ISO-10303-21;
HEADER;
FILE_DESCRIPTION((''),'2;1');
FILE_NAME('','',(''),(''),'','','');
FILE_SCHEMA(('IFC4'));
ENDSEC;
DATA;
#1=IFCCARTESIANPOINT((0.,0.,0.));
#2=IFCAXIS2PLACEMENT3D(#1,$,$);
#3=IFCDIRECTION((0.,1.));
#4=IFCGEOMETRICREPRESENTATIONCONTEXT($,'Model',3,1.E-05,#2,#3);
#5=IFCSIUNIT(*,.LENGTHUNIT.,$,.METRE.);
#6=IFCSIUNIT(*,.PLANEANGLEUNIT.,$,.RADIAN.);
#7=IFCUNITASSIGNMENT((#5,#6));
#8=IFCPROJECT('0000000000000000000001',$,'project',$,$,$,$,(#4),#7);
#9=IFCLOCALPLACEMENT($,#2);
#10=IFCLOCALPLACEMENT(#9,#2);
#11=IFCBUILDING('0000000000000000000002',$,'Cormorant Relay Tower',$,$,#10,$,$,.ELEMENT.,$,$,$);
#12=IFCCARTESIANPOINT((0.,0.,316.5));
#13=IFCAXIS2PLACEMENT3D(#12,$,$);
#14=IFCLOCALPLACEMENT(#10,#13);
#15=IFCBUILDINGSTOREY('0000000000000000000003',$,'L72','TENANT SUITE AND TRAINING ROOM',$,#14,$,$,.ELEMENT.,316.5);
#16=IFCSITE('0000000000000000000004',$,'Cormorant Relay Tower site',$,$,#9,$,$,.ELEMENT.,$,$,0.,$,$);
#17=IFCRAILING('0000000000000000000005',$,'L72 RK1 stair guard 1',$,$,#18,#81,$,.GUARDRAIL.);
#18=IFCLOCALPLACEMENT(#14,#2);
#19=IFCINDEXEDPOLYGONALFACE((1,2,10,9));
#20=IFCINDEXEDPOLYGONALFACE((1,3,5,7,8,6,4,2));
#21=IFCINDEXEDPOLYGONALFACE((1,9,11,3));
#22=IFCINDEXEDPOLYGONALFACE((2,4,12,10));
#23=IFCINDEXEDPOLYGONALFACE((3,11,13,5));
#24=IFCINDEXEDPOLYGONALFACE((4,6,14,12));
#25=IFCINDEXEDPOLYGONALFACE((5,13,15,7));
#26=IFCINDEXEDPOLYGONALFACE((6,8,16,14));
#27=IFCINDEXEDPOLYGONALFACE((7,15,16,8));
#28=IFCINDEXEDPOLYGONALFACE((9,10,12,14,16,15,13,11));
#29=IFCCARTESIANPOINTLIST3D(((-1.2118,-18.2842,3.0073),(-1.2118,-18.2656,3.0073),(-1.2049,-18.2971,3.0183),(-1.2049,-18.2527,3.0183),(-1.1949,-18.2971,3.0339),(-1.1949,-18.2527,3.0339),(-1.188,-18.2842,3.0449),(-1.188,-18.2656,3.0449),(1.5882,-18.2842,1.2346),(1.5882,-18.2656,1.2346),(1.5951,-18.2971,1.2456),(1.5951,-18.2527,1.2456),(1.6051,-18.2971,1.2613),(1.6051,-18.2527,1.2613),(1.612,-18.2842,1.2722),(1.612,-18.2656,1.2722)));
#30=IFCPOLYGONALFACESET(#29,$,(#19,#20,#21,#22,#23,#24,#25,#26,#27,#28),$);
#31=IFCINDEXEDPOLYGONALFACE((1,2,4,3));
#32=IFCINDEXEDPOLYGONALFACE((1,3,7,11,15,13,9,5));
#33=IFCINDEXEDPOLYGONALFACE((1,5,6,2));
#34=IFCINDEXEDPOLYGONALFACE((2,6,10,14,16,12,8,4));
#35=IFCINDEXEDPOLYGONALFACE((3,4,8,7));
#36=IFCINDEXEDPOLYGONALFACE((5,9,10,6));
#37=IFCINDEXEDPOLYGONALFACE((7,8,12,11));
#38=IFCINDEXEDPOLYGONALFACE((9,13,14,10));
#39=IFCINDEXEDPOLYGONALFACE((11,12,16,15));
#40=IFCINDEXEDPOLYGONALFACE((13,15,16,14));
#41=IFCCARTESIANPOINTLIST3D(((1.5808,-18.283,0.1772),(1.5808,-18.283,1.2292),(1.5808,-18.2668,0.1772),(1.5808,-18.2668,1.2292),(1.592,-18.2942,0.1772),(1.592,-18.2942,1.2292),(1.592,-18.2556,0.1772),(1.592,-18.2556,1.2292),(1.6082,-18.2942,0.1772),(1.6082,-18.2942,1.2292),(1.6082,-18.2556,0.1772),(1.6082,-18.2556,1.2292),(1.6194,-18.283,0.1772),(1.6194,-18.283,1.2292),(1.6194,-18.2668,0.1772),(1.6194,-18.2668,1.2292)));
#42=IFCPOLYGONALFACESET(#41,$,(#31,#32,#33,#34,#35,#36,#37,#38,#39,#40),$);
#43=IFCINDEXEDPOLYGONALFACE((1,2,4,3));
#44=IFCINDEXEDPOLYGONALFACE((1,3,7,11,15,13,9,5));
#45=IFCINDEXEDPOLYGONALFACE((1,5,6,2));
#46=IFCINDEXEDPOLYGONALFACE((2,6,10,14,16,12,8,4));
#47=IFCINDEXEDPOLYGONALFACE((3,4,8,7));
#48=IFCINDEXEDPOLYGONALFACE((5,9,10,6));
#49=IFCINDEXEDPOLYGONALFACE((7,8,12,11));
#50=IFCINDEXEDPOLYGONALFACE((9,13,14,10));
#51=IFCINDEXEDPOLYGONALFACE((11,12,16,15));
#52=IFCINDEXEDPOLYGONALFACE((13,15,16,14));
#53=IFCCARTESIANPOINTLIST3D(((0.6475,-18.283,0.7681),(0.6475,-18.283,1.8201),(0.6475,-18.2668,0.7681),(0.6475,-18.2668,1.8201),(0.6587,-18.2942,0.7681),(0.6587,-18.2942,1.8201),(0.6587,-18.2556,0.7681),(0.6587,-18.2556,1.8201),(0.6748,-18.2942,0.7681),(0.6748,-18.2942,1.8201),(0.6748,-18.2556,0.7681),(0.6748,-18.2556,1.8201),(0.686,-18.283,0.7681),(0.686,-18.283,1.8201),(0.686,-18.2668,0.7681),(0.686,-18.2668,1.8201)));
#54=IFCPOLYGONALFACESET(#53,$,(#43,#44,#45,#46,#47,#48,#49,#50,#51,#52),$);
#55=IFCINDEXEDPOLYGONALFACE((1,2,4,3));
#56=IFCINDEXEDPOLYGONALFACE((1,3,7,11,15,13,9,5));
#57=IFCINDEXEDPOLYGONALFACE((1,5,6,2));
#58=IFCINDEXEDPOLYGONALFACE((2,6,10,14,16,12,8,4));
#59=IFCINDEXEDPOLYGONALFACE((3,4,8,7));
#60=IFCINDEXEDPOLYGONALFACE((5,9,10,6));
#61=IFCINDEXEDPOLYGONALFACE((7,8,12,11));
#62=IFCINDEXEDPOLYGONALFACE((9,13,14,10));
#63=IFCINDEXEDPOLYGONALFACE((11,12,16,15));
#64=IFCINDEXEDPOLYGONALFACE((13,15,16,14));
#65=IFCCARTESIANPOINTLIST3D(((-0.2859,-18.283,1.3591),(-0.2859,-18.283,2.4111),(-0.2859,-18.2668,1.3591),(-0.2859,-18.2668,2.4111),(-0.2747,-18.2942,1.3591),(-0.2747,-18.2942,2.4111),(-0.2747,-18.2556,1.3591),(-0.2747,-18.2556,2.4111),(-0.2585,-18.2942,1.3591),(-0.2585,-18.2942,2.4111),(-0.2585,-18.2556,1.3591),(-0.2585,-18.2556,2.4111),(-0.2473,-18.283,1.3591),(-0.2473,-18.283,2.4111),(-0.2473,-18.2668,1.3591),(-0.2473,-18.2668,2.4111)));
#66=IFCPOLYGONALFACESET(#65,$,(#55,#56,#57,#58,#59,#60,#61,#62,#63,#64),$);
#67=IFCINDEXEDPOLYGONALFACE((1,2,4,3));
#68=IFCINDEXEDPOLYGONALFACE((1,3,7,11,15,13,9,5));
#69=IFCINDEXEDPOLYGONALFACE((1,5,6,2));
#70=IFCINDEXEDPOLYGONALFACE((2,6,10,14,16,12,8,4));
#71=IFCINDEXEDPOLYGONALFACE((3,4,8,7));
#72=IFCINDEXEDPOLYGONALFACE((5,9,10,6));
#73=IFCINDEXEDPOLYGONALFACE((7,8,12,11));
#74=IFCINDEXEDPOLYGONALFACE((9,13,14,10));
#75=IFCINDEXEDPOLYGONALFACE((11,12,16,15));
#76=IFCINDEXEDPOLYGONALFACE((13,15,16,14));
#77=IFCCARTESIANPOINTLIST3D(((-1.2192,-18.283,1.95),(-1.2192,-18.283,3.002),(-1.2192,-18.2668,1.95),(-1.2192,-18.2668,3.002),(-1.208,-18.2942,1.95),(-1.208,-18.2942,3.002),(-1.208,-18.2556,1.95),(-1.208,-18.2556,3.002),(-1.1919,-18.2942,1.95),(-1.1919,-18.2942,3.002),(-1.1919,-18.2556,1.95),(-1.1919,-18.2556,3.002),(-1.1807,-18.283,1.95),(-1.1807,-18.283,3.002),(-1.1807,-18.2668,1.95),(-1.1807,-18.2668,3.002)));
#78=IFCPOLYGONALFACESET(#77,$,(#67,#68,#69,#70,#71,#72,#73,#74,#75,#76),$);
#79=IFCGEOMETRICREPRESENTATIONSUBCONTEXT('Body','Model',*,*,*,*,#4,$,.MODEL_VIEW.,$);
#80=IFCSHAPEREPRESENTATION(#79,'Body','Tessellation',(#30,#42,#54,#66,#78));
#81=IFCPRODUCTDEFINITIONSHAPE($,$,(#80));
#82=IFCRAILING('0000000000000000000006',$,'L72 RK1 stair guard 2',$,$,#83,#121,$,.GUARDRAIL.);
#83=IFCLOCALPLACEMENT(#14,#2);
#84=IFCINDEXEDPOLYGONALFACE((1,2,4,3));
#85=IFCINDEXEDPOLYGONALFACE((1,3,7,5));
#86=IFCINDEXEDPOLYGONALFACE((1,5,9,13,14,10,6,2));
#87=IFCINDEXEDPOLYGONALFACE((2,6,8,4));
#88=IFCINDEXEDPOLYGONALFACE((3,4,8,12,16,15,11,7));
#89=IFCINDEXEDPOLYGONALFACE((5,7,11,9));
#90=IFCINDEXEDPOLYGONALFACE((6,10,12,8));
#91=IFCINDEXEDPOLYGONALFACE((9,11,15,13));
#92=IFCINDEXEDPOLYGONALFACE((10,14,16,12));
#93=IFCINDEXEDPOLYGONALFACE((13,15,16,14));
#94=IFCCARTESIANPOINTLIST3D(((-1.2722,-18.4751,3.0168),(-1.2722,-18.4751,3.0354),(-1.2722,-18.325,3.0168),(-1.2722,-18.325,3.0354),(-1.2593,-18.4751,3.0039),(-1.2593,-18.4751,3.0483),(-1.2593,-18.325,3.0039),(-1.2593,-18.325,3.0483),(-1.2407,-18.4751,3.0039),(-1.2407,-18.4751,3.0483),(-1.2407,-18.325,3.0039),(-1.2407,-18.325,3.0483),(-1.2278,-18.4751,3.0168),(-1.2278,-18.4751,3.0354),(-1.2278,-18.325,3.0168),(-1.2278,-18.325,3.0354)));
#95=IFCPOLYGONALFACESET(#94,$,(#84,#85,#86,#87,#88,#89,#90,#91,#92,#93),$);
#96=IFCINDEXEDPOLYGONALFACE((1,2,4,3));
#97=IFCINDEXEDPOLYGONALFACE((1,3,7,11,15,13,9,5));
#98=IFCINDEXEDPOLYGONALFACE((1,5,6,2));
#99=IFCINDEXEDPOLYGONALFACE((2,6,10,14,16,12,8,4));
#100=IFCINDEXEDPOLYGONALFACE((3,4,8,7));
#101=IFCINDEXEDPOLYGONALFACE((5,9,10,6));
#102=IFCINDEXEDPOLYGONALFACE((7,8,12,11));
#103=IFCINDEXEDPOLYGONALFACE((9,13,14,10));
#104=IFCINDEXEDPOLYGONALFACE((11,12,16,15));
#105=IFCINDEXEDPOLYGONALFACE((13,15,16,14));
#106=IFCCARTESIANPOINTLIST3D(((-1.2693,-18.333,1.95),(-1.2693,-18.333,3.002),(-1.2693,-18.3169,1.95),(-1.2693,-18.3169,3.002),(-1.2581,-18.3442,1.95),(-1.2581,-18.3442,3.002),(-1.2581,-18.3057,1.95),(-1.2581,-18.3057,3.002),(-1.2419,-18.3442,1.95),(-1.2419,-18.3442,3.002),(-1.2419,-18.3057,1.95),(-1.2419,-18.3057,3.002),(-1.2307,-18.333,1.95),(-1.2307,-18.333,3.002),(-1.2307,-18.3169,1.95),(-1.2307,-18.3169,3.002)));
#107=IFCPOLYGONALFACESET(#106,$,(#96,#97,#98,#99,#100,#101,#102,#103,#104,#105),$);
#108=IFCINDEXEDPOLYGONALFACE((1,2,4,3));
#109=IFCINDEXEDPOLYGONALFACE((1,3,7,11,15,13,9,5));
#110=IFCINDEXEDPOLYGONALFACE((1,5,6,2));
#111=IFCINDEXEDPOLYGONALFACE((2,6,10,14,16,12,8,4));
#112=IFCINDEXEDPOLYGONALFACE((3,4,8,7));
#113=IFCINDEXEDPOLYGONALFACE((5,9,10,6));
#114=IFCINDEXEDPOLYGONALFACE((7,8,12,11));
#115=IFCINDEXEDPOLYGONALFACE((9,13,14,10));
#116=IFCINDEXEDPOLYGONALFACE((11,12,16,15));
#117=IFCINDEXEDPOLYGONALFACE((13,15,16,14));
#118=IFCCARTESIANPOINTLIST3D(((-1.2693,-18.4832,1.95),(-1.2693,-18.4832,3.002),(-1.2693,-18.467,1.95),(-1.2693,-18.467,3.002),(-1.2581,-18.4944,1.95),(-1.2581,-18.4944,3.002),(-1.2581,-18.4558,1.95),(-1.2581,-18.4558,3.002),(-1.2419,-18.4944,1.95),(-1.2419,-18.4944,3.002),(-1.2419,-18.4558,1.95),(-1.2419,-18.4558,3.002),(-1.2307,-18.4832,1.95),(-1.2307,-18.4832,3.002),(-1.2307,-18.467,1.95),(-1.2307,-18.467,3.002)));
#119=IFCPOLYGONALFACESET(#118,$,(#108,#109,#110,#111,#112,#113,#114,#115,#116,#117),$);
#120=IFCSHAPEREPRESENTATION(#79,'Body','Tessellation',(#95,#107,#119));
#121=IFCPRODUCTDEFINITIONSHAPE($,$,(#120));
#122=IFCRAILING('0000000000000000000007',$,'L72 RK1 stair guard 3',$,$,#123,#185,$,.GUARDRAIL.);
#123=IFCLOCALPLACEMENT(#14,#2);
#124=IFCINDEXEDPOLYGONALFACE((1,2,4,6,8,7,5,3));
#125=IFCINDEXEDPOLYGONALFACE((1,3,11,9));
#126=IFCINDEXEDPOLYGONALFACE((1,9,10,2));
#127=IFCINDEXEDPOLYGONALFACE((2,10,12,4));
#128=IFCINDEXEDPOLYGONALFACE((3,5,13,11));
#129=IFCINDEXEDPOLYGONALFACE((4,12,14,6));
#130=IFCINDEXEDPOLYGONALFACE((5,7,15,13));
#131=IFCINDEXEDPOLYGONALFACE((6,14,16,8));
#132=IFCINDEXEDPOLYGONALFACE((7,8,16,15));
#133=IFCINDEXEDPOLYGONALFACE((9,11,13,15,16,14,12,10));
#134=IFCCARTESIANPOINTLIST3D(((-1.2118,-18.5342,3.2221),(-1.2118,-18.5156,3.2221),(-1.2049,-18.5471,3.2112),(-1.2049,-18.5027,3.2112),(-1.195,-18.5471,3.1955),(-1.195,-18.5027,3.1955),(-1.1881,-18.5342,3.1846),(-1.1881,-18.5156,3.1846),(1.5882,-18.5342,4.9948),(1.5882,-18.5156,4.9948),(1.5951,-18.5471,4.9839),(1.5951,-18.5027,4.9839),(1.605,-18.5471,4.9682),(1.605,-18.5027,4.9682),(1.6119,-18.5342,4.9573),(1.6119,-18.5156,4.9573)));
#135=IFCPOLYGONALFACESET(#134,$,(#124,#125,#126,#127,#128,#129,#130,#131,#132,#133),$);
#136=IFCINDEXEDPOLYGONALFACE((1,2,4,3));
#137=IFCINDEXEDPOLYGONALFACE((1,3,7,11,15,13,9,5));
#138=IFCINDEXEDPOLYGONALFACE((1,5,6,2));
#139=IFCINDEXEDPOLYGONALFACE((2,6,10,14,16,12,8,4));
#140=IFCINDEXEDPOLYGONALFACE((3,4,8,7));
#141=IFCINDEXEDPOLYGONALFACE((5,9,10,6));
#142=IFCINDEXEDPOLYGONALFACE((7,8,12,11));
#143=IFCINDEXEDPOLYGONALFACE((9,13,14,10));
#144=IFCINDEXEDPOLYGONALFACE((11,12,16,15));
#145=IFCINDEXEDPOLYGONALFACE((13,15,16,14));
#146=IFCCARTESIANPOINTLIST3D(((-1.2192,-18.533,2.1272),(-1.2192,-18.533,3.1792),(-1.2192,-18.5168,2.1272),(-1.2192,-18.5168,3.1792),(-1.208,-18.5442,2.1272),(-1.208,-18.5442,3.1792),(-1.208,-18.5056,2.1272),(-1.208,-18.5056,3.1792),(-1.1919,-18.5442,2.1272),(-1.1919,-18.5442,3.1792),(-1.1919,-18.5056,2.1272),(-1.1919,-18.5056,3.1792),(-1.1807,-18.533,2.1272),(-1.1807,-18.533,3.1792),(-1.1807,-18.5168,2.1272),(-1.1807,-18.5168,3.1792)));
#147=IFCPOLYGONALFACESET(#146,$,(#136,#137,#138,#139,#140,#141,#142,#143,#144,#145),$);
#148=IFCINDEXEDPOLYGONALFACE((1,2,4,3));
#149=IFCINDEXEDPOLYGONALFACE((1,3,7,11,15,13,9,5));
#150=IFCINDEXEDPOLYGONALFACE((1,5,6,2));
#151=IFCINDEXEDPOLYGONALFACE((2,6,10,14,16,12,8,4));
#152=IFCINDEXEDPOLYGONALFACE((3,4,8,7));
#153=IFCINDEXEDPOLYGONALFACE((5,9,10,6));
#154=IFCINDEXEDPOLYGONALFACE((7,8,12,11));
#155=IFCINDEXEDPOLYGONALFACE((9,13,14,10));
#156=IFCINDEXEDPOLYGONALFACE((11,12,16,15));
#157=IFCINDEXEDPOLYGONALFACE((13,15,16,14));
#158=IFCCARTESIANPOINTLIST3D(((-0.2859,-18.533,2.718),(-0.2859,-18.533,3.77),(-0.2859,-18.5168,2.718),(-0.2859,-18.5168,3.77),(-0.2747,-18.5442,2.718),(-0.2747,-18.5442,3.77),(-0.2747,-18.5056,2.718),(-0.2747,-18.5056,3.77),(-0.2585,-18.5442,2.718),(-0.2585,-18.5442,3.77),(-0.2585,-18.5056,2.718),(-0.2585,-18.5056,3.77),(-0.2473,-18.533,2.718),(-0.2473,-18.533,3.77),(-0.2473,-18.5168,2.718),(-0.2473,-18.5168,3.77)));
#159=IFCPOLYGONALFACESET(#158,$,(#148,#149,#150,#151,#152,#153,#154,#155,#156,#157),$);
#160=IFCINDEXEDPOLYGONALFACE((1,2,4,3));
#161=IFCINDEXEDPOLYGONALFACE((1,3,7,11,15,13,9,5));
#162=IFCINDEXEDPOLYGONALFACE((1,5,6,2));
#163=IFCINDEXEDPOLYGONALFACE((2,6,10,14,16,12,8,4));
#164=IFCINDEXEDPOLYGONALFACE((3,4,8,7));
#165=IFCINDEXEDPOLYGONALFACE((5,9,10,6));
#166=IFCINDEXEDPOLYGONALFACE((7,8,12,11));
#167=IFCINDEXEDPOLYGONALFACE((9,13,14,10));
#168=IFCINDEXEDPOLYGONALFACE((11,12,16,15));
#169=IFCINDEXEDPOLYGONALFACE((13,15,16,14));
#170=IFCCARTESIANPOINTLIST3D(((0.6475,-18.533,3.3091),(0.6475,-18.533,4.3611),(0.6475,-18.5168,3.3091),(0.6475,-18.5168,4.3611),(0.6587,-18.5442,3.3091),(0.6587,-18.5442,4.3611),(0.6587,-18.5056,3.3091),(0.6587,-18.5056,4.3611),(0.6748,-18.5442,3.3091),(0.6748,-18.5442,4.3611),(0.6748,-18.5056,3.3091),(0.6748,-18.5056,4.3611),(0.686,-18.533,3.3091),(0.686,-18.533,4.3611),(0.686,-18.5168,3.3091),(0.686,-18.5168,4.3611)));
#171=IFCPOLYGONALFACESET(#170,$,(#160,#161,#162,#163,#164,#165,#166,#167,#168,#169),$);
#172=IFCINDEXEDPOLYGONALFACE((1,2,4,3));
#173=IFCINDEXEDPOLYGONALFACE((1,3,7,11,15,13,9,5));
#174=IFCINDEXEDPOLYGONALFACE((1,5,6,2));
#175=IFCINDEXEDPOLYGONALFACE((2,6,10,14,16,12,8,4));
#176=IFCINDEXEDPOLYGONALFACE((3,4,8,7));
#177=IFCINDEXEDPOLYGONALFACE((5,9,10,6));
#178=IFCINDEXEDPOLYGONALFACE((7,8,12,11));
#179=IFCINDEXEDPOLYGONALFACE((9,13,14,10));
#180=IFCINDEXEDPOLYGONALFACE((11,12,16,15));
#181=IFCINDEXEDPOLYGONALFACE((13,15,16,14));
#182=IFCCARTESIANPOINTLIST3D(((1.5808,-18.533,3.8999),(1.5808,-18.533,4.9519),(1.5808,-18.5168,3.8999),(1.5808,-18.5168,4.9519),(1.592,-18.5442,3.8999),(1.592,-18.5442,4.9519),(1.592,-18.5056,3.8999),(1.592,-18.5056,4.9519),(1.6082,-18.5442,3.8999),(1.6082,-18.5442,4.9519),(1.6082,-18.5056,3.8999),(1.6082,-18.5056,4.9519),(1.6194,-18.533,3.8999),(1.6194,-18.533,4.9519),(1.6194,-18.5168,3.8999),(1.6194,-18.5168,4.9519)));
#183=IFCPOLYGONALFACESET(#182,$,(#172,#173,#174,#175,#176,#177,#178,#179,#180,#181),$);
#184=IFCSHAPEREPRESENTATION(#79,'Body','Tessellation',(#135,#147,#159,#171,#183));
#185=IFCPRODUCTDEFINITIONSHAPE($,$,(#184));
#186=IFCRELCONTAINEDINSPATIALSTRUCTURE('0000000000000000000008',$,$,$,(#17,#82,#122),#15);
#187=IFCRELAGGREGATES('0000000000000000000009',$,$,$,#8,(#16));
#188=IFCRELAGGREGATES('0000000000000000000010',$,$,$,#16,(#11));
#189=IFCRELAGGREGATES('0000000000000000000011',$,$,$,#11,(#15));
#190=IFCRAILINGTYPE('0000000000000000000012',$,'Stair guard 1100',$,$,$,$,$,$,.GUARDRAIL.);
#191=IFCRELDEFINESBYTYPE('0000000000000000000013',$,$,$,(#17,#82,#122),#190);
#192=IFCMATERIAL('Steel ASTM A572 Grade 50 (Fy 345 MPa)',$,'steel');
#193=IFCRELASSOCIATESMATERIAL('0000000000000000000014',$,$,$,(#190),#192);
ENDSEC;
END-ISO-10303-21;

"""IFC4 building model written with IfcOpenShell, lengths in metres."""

from ifc_helpers import new_model, si_unit, direction, frame, origin, place, context, subcontext, project, spatial, polyline, outline, extrude, material, type_object, element, save


model = new_model("IFC4")

# Units and contexts
model_context = context("Model", 3, precision=1e-05, world=origin(), true_north=direction((0.0, 1.0)))
body_context = subcontext(model_context, "Body", "Model", "MODEL_VIEW")
ifc_project = project(units=[si_unit("LENGTHUNIT", "METRE"), si_unit("PLANEANGLEUNIT", "RADIAN")], contexts=[model_context])

# Site, building, storey
site_placement = place(None, origin())
site = spatial("IfcSite", under=ifc_project, at=site_placement, Name="Cormorant Relay Tower site", CompositionType="ELEMENT", RefElevation=0.0)
building_placement = place(site_placement, origin())
building = spatial("IfcBuilding", under=site, at=building_placement, Name="Cormorant Relay Tower", CompositionType="ELEMENT")
storey_placement = place(building_placement, frame((0.0, 0.0, 316.5)))
storey = spatial("IfcBuildingStorey", under=building, at=storey_placement, Name="L72", Description="TENANT SUITE AND TRAINING ROOM", CompositionType="ELEMENT", Elevation=316.5)

# Railings
ifc_material_1 = material(Name="Steel ASTM A572 Grade 50 (Fy 345 MPa)", Category="steel")
railing_type_1 = type_object("IfcRailingType", Name="Stair guard 1100", PredefinedType="GUARDRAIL", material=ifc_material_1)
railing_1_placement = place(storey_placement, frame((1.6001, -18.2749, 0.1772)))
element("IfcRailing", 1, at=railing_1_placement, inside=storey, type_object=railing_type_1, Name="L72 RK1 stair guard 1", PredefinedType="GUARDRAIL", context=body_context, shape_type="SweptSolid", body=[
    extrude(outline(polyline([(0.0222, 0.0093), (0.0093, 0.0222), (-0.0093, 0.0222), (-0.0222, 0.0093), (-0.0222, -0.0093), (-0.0093, -0.0222), (0.0093, -0.0222), (0.0222, -0.0093), (0.0222, 0.0093)])), frame((0.0, 0.0, 1.0762), z_axis=(-0.844909, 0.0, 0.53491), x_axis=(0.0, -1.0, 0.0)), (0.0, 0.0, 1.0), 3.314),
    extrude(outline(polyline([(0.0193, 0.0081), (0.0081, 0.0193), (-0.0081, 0.0193), (-0.0193, 0.0081), (-0.0193, -0.0081), (-0.0081, -0.0193), (0.0081, -0.0193), (0.0193, -0.0081), (0.0193, 0.0081)])), origin(), (0.0, 0.0, 1.0), 1.052),
    extrude(outline(polyline([(0.0193, 0.0081), (0.0081, 0.0193), (-0.0081, 0.0193), (-0.0193, 0.0081), (-0.0193, -0.0081), (-0.0081, -0.0193), (0.0081, -0.0193), (0.0193, -0.0081), (0.0193, 0.0081)])), frame((-0.9333, 0.0, 0.5908)), (0.0, 0.0, 1.0), 1.052),
    extrude(outline(polyline([(0.0193, 0.0081), (0.0081, 0.0193), (-0.0081, 0.0193), (-0.0193, 0.0081), (-0.0193, -0.0081), (-0.0081, -0.0193), (0.0081, -0.0193), (0.0193, -0.0081), (0.0193, 0.0081)])), frame((-1.8667, 0.0, 1.1819)), (0.0, 0.0, 1.0), 1.052),
    extrude(outline(polyline([(0.0193, 0.0081), (0.0081, 0.0193), (-0.0081, 0.0193), (-0.0193, 0.0081), (-0.0193, -0.0081), (-0.0081, -0.0193), (0.0081, -0.0193), (0.0193, -0.0081), (0.0193, 0.0081)])), frame((-2.8, 0.0, 1.7727)), (0.0, 0.0, 1.0), 1.052),
])
railing_2_placement = place(storey_placement, frame((-1.25, -18.325, 1.95)))
element("IfcRailing", 2, at=railing_2_placement, inside=storey, type_object=railing_type_1, Name="L72 RK1 stair guard 2", PredefinedType="GUARDRAIL", context=body_context, shape_type="SweptSolid", body=[
    extrude(outline(polyline([(0.0222, 0.0093), (0.0093, 0.0222), (-0.0093, 0.0222), (-0.0222, 0.0093), (-0.0222, -0.0093), (-0.0093, -0.0222), (0.0093, -0.0222), (0.0222, -0.0093), (0.0222, 0.0093)])), frame((0.0, 0.0, 1.0762), z_axis=(0.0, -1.0, 0.0), x_axis=(1.0, 0.0, 0.0)), (0.0, 0.0, 1.0), 0.1501),
    extrude(outline(polyline([(0.0193, 0.0081), (0.0081, 0.0193), (-0.0081, 0.0193), (-0.0193, 0.0081), (-0.0193, -0.0081), (-0.0081, -0.0193), (0.0081, -0.0193), (0.0193, -0.0081), (0.0193, 0.0081)])), origin(), (0.0, 0.0, 1.0), 1.052),
    extrude(outline(polyline([(0.0193, 0.0081), (0.0081, 0.0193), (-0.0081, 0.0193), (-0.0193, 0.0081), (-0.0193, -0.0081), (-0.0081, -0.0193), (0.0081, -0.0193), (0.0193, -0.0081), (0.0193, 0.0081)])), frame((0.0, -0.1501, 0.0)), (0.0, 0.0, 1.0), 1.052),
])
railing_3_placement = place(storey_placement, frame((-1.2, -18.5249, 2.1272)))
element("IfcRailing", 3, at=railing_3_placement, inside=storey, type_object=railing_type_1, Name="L72 RK1 stair guard 3", PredefinedType="GUARDRAIL", context=body_context, shape_type="SweptSolid", body=[
    extrude(outline(polyline([(0.0222, 0.0093), (0.0093, 0.0222), (-0.0093, 0.0222), (-0.0222, 0.0093), (-0.0222, -0.0093), (-0.0093, -0.0222), (0.0093, -0.0222), (0.0222, -0.0093), (0.0222, 0.0093)])), frame((0.0, 0.0, 1.0762), z_axis=(0.844909, 0.0, 0.53491), x_axis=(0.0, 1.0, 0.0)), (0.0, 0.0, 1.0), 3.314),
    extrude(outline(polyline([(0.0193, 0.0081), (0.0081, 0.0193), (-0.0081, 0.0193), (-0.0193, 0.0081), (-0.0193, -0.0081), (-0.0081, -0.0193), (0.0081, -0.0193), (0.0193, -0.0081), (0.0193, 0.0081)])), origin(), (0.0, 0.0, 1.0), 1.052),
    extrude(outline(polyline([(0.0193, 0.0081), (0.0081, 0.0193), (-0.0081, 0.0193), (-0.0193, 0.0081), (-0.0193, -0.0081), (-0.0081, -0.0193), (0.0081, -0.0193), (0.0193, -0.0081), (0.0193, 0.0081)])), frame((0.9333, 0.0, 0.5908)), (0.0, 0.0, 1.0), 1.052),
    extrude(outline(polyline([(0.0193, 0.0081), (0.0081, 0.0193), (-0.0081, 0.0193), (-0.0193, 0.0081), (-0.0193, -0.0081), (-0.0081, -0.0193), (0.0081, -0.0193), (0.0193, -0.0081), (0.0193, 0.0081)])), frame((1.8667, 0.0, 1.1819)), (0.0, 0.0, 1.0), 1.052),
    extrude(outline(polyline([(0.0193, 0.0081), (0.0081, 0.0193), (-0.0081, 0.0193), (-0.0193, 0.0081), (-0.0193, -0.0081), (-0.0081, -0.0193), (0.0081, -0.0193), (0.0193, -0.0081), (0.0193, 0.0081)])), frame((2.8, 0.0, 1.7727)), (0.0, 0.0, 1.0), 1.052),
])

save(model, "model.ifc")
